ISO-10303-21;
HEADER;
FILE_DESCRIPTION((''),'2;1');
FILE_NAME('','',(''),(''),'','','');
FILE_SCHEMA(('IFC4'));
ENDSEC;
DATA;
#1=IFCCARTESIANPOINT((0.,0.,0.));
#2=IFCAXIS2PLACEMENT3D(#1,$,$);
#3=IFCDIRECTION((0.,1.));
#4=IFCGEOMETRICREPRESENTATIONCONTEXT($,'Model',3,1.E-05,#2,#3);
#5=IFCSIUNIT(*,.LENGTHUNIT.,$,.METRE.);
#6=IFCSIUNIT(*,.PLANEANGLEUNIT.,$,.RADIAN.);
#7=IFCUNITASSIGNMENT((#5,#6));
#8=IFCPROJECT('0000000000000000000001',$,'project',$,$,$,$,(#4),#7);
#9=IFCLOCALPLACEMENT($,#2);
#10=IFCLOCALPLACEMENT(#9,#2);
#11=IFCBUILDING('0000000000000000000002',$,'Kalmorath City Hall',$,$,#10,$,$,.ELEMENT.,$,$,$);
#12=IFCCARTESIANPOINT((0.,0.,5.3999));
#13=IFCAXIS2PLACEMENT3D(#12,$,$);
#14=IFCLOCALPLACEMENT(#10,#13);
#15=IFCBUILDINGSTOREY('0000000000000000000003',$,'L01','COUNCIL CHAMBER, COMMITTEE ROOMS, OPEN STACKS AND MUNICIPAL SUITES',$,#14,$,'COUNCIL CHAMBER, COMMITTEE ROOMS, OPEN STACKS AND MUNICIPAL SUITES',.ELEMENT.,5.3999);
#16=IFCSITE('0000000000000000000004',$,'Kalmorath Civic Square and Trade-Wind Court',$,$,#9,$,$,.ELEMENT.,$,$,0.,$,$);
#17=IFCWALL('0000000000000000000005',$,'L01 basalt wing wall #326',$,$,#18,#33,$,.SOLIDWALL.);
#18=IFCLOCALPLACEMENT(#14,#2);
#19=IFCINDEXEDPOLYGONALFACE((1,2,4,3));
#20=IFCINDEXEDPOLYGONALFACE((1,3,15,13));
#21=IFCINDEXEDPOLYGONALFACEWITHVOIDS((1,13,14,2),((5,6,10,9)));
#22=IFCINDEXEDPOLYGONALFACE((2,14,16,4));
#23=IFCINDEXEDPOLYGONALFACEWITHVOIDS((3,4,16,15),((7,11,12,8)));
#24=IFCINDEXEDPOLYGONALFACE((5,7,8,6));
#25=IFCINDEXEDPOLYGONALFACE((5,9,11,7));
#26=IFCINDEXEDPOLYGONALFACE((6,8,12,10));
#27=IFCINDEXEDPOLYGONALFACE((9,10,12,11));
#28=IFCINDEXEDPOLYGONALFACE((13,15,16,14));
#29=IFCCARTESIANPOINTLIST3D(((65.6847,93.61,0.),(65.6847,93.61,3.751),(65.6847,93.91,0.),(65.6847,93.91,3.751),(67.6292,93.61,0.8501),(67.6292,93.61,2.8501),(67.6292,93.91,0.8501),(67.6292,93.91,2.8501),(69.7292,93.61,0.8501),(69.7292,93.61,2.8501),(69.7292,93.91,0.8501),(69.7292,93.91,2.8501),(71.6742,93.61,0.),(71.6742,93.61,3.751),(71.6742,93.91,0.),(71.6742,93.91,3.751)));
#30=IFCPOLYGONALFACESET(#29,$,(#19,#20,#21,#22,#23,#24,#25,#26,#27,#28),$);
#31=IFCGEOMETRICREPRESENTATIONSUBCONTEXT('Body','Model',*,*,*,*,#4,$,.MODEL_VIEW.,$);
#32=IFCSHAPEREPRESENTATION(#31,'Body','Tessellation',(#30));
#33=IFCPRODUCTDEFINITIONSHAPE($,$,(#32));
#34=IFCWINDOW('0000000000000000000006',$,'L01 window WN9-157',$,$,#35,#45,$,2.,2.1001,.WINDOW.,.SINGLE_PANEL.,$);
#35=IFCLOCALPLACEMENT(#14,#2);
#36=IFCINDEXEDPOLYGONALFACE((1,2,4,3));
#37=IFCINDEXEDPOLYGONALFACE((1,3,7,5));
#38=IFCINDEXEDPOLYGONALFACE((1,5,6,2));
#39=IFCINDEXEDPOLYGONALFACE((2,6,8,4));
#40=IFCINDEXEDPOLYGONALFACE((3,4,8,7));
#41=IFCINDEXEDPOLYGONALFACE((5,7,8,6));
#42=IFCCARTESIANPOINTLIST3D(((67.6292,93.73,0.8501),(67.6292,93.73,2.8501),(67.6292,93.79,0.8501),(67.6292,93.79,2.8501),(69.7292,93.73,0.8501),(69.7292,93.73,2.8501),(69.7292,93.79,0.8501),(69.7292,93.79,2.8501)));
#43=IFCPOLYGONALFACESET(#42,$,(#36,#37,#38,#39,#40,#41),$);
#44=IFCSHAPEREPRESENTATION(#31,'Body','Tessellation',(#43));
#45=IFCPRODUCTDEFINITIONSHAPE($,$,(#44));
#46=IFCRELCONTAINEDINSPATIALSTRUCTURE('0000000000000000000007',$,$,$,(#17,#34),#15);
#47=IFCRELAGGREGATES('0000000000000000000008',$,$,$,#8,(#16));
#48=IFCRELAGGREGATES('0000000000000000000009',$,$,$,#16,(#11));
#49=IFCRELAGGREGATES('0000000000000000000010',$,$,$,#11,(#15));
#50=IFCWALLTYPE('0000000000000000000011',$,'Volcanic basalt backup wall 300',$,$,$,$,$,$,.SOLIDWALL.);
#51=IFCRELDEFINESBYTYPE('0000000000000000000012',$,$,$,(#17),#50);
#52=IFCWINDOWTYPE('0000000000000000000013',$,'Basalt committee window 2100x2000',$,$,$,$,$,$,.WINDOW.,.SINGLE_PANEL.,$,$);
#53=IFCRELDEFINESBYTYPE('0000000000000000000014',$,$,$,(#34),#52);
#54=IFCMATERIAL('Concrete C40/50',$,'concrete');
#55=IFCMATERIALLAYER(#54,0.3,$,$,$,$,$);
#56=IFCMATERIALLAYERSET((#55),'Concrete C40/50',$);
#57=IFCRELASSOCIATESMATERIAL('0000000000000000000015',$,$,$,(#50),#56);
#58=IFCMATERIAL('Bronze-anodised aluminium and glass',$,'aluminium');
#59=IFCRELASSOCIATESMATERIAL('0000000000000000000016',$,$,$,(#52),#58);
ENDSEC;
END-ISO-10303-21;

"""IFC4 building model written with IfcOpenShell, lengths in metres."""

from ifc_helpers import new_model, si_unit, direction, frame, frame_2d, origin, place, context, subcontext, project, spatial, rectangle, extrude, material, layer, layer_set, type_object, element, fill, save


model = new_model("IFC4")

# Units and contexts
model_context = context("Model", 3, precision=1e-05, world=origin(), true_north=direction((0.0, 1.0)))
body_context = subcontext(model_context, "Body", "Model", "MODEL_VIEW")
ifc_project = project(units=[si_unit("LENGTHUNIT", "METRE"), si_unit("PLANEANGLEUNIT", "RADIAN")], contexts=[model_context])

# Site, building, storey
site_placement = place(None, origin())
site = spatial("IfcSite", under=ifc_project, at=site_placement, Name="Kalmorath Civic Square and Trade-Wind Court", CompositionType="ELEMENT", RefElevation=0.0)
building_placement = place(site_placement, origin())
building = spatial("IfcBuilding", under=site, at=building_placement, Name="Kalmorath City Hall", CompositionType="ELEMENT")
storey_placement = place(building_placement, frame((0.0, 0.0, 5.3999)))
storey = spatial("IfcBuildingStorey", under=building, at=storey_placement, Name="L01", Description="COUNCIL CHAMBER, COMMITTEE ROOMS, OPEN STACKS AND MUNICIPAL SUITES", LongName="COUNCIL CHAMBER, COMMITTEE ROOMS, OPEN STACKS AND MUNICIPAL SUITES", CompositionType="ELEMENT", Elevation=5.3999)

# Wall, opening, window
ifc_material_1 = material(Name="Concrete C40/50", Category="concrete")
ifc_layer_1 = layer(ifc_material_1, 0.3)
ifc_layer_set_1 = layer_set([ifc_layer_1], Name="Concrete C40/50")
wall_type = type_object("IfcWallType", Name="Volcanic basalt backup wall 300", PredefinedType="SOLIDWALL", material=ifc_layer_set_1)
wall_placement = place(storey_placement, frame((71.6741, 93.76, 0.0), z_axis=(0.0, 0.0, 1.0), x_axis=(-1.0, 0.0, 0.0)))
wall = element("IfcWall", 1, at=wall_placement, inside=storey, type_object=wall_type, Name="L01 basalt wing wall #326", PredefinedType="SOLIDWALL", context=body_context, shape_type="SweptSolid", body=[
    extrude(rectangle(XDim=5.9895, YDim=0.3, at=frame_2d((2.9946, 0.0))), origin(), (0.0, 0.0, 1.0), 3.751),
])
opening_placement = place(wall_placement, frame((1.9448, 0.0, 0.8501)))
opening = element("IfcOpeningElement", 2, at=opening_placement, cuts=wall, PredefinedType="OPENING", context=body_context, shape_type="SweptSolid", body=[
    extrude(rectangle(XDim=2.1001, YDim=2.0, at=frame_2d((1.05, 1.0))), frame((0.0, 0.1599, 0.0), z_axis=(0.0, -1.0, 0.0), x_axis=(1.0, 0.0, 0.0)), (0.0, 0.0, 1.0), 0.3201),
])
ifc_material_2 = material(Name="Bronze-anodised aluminium and glass", Category="aluminium")
window_type = type_object("IfcWindowType", Name="Basalt committee window 2100x2000", PartitioningType="SINGLE_PANEL", PredefinedType="WINDOW", material=ifc_material_2)
window_placement = place(opening_placement, origin())
window = element("IfcWindow", 3, at=window_placement, inside=storey, type_object=window_type, Name="L01 window WN9-157", OverallHeight=2.0, OverallWidth=2.1001, PartitioningType="SINGLE_PANEL", PredefinedType="WINDOW", context=body_context, shape_type="SweptSolid", body=[
    extrude(rectangle(XDim=2.1001, YDim=2.0, at=frame_2d((1.05, 1.0))), frame((0.0, 0.03, 0.0), z_axis=(0.0, -1.0, 0.0), x_axis=(1.0, 0.0, 0.0)), (0.0, 0.0, 1.0), 0.0601),
])
fill(opening, window)

save(model, "model.ifc")
